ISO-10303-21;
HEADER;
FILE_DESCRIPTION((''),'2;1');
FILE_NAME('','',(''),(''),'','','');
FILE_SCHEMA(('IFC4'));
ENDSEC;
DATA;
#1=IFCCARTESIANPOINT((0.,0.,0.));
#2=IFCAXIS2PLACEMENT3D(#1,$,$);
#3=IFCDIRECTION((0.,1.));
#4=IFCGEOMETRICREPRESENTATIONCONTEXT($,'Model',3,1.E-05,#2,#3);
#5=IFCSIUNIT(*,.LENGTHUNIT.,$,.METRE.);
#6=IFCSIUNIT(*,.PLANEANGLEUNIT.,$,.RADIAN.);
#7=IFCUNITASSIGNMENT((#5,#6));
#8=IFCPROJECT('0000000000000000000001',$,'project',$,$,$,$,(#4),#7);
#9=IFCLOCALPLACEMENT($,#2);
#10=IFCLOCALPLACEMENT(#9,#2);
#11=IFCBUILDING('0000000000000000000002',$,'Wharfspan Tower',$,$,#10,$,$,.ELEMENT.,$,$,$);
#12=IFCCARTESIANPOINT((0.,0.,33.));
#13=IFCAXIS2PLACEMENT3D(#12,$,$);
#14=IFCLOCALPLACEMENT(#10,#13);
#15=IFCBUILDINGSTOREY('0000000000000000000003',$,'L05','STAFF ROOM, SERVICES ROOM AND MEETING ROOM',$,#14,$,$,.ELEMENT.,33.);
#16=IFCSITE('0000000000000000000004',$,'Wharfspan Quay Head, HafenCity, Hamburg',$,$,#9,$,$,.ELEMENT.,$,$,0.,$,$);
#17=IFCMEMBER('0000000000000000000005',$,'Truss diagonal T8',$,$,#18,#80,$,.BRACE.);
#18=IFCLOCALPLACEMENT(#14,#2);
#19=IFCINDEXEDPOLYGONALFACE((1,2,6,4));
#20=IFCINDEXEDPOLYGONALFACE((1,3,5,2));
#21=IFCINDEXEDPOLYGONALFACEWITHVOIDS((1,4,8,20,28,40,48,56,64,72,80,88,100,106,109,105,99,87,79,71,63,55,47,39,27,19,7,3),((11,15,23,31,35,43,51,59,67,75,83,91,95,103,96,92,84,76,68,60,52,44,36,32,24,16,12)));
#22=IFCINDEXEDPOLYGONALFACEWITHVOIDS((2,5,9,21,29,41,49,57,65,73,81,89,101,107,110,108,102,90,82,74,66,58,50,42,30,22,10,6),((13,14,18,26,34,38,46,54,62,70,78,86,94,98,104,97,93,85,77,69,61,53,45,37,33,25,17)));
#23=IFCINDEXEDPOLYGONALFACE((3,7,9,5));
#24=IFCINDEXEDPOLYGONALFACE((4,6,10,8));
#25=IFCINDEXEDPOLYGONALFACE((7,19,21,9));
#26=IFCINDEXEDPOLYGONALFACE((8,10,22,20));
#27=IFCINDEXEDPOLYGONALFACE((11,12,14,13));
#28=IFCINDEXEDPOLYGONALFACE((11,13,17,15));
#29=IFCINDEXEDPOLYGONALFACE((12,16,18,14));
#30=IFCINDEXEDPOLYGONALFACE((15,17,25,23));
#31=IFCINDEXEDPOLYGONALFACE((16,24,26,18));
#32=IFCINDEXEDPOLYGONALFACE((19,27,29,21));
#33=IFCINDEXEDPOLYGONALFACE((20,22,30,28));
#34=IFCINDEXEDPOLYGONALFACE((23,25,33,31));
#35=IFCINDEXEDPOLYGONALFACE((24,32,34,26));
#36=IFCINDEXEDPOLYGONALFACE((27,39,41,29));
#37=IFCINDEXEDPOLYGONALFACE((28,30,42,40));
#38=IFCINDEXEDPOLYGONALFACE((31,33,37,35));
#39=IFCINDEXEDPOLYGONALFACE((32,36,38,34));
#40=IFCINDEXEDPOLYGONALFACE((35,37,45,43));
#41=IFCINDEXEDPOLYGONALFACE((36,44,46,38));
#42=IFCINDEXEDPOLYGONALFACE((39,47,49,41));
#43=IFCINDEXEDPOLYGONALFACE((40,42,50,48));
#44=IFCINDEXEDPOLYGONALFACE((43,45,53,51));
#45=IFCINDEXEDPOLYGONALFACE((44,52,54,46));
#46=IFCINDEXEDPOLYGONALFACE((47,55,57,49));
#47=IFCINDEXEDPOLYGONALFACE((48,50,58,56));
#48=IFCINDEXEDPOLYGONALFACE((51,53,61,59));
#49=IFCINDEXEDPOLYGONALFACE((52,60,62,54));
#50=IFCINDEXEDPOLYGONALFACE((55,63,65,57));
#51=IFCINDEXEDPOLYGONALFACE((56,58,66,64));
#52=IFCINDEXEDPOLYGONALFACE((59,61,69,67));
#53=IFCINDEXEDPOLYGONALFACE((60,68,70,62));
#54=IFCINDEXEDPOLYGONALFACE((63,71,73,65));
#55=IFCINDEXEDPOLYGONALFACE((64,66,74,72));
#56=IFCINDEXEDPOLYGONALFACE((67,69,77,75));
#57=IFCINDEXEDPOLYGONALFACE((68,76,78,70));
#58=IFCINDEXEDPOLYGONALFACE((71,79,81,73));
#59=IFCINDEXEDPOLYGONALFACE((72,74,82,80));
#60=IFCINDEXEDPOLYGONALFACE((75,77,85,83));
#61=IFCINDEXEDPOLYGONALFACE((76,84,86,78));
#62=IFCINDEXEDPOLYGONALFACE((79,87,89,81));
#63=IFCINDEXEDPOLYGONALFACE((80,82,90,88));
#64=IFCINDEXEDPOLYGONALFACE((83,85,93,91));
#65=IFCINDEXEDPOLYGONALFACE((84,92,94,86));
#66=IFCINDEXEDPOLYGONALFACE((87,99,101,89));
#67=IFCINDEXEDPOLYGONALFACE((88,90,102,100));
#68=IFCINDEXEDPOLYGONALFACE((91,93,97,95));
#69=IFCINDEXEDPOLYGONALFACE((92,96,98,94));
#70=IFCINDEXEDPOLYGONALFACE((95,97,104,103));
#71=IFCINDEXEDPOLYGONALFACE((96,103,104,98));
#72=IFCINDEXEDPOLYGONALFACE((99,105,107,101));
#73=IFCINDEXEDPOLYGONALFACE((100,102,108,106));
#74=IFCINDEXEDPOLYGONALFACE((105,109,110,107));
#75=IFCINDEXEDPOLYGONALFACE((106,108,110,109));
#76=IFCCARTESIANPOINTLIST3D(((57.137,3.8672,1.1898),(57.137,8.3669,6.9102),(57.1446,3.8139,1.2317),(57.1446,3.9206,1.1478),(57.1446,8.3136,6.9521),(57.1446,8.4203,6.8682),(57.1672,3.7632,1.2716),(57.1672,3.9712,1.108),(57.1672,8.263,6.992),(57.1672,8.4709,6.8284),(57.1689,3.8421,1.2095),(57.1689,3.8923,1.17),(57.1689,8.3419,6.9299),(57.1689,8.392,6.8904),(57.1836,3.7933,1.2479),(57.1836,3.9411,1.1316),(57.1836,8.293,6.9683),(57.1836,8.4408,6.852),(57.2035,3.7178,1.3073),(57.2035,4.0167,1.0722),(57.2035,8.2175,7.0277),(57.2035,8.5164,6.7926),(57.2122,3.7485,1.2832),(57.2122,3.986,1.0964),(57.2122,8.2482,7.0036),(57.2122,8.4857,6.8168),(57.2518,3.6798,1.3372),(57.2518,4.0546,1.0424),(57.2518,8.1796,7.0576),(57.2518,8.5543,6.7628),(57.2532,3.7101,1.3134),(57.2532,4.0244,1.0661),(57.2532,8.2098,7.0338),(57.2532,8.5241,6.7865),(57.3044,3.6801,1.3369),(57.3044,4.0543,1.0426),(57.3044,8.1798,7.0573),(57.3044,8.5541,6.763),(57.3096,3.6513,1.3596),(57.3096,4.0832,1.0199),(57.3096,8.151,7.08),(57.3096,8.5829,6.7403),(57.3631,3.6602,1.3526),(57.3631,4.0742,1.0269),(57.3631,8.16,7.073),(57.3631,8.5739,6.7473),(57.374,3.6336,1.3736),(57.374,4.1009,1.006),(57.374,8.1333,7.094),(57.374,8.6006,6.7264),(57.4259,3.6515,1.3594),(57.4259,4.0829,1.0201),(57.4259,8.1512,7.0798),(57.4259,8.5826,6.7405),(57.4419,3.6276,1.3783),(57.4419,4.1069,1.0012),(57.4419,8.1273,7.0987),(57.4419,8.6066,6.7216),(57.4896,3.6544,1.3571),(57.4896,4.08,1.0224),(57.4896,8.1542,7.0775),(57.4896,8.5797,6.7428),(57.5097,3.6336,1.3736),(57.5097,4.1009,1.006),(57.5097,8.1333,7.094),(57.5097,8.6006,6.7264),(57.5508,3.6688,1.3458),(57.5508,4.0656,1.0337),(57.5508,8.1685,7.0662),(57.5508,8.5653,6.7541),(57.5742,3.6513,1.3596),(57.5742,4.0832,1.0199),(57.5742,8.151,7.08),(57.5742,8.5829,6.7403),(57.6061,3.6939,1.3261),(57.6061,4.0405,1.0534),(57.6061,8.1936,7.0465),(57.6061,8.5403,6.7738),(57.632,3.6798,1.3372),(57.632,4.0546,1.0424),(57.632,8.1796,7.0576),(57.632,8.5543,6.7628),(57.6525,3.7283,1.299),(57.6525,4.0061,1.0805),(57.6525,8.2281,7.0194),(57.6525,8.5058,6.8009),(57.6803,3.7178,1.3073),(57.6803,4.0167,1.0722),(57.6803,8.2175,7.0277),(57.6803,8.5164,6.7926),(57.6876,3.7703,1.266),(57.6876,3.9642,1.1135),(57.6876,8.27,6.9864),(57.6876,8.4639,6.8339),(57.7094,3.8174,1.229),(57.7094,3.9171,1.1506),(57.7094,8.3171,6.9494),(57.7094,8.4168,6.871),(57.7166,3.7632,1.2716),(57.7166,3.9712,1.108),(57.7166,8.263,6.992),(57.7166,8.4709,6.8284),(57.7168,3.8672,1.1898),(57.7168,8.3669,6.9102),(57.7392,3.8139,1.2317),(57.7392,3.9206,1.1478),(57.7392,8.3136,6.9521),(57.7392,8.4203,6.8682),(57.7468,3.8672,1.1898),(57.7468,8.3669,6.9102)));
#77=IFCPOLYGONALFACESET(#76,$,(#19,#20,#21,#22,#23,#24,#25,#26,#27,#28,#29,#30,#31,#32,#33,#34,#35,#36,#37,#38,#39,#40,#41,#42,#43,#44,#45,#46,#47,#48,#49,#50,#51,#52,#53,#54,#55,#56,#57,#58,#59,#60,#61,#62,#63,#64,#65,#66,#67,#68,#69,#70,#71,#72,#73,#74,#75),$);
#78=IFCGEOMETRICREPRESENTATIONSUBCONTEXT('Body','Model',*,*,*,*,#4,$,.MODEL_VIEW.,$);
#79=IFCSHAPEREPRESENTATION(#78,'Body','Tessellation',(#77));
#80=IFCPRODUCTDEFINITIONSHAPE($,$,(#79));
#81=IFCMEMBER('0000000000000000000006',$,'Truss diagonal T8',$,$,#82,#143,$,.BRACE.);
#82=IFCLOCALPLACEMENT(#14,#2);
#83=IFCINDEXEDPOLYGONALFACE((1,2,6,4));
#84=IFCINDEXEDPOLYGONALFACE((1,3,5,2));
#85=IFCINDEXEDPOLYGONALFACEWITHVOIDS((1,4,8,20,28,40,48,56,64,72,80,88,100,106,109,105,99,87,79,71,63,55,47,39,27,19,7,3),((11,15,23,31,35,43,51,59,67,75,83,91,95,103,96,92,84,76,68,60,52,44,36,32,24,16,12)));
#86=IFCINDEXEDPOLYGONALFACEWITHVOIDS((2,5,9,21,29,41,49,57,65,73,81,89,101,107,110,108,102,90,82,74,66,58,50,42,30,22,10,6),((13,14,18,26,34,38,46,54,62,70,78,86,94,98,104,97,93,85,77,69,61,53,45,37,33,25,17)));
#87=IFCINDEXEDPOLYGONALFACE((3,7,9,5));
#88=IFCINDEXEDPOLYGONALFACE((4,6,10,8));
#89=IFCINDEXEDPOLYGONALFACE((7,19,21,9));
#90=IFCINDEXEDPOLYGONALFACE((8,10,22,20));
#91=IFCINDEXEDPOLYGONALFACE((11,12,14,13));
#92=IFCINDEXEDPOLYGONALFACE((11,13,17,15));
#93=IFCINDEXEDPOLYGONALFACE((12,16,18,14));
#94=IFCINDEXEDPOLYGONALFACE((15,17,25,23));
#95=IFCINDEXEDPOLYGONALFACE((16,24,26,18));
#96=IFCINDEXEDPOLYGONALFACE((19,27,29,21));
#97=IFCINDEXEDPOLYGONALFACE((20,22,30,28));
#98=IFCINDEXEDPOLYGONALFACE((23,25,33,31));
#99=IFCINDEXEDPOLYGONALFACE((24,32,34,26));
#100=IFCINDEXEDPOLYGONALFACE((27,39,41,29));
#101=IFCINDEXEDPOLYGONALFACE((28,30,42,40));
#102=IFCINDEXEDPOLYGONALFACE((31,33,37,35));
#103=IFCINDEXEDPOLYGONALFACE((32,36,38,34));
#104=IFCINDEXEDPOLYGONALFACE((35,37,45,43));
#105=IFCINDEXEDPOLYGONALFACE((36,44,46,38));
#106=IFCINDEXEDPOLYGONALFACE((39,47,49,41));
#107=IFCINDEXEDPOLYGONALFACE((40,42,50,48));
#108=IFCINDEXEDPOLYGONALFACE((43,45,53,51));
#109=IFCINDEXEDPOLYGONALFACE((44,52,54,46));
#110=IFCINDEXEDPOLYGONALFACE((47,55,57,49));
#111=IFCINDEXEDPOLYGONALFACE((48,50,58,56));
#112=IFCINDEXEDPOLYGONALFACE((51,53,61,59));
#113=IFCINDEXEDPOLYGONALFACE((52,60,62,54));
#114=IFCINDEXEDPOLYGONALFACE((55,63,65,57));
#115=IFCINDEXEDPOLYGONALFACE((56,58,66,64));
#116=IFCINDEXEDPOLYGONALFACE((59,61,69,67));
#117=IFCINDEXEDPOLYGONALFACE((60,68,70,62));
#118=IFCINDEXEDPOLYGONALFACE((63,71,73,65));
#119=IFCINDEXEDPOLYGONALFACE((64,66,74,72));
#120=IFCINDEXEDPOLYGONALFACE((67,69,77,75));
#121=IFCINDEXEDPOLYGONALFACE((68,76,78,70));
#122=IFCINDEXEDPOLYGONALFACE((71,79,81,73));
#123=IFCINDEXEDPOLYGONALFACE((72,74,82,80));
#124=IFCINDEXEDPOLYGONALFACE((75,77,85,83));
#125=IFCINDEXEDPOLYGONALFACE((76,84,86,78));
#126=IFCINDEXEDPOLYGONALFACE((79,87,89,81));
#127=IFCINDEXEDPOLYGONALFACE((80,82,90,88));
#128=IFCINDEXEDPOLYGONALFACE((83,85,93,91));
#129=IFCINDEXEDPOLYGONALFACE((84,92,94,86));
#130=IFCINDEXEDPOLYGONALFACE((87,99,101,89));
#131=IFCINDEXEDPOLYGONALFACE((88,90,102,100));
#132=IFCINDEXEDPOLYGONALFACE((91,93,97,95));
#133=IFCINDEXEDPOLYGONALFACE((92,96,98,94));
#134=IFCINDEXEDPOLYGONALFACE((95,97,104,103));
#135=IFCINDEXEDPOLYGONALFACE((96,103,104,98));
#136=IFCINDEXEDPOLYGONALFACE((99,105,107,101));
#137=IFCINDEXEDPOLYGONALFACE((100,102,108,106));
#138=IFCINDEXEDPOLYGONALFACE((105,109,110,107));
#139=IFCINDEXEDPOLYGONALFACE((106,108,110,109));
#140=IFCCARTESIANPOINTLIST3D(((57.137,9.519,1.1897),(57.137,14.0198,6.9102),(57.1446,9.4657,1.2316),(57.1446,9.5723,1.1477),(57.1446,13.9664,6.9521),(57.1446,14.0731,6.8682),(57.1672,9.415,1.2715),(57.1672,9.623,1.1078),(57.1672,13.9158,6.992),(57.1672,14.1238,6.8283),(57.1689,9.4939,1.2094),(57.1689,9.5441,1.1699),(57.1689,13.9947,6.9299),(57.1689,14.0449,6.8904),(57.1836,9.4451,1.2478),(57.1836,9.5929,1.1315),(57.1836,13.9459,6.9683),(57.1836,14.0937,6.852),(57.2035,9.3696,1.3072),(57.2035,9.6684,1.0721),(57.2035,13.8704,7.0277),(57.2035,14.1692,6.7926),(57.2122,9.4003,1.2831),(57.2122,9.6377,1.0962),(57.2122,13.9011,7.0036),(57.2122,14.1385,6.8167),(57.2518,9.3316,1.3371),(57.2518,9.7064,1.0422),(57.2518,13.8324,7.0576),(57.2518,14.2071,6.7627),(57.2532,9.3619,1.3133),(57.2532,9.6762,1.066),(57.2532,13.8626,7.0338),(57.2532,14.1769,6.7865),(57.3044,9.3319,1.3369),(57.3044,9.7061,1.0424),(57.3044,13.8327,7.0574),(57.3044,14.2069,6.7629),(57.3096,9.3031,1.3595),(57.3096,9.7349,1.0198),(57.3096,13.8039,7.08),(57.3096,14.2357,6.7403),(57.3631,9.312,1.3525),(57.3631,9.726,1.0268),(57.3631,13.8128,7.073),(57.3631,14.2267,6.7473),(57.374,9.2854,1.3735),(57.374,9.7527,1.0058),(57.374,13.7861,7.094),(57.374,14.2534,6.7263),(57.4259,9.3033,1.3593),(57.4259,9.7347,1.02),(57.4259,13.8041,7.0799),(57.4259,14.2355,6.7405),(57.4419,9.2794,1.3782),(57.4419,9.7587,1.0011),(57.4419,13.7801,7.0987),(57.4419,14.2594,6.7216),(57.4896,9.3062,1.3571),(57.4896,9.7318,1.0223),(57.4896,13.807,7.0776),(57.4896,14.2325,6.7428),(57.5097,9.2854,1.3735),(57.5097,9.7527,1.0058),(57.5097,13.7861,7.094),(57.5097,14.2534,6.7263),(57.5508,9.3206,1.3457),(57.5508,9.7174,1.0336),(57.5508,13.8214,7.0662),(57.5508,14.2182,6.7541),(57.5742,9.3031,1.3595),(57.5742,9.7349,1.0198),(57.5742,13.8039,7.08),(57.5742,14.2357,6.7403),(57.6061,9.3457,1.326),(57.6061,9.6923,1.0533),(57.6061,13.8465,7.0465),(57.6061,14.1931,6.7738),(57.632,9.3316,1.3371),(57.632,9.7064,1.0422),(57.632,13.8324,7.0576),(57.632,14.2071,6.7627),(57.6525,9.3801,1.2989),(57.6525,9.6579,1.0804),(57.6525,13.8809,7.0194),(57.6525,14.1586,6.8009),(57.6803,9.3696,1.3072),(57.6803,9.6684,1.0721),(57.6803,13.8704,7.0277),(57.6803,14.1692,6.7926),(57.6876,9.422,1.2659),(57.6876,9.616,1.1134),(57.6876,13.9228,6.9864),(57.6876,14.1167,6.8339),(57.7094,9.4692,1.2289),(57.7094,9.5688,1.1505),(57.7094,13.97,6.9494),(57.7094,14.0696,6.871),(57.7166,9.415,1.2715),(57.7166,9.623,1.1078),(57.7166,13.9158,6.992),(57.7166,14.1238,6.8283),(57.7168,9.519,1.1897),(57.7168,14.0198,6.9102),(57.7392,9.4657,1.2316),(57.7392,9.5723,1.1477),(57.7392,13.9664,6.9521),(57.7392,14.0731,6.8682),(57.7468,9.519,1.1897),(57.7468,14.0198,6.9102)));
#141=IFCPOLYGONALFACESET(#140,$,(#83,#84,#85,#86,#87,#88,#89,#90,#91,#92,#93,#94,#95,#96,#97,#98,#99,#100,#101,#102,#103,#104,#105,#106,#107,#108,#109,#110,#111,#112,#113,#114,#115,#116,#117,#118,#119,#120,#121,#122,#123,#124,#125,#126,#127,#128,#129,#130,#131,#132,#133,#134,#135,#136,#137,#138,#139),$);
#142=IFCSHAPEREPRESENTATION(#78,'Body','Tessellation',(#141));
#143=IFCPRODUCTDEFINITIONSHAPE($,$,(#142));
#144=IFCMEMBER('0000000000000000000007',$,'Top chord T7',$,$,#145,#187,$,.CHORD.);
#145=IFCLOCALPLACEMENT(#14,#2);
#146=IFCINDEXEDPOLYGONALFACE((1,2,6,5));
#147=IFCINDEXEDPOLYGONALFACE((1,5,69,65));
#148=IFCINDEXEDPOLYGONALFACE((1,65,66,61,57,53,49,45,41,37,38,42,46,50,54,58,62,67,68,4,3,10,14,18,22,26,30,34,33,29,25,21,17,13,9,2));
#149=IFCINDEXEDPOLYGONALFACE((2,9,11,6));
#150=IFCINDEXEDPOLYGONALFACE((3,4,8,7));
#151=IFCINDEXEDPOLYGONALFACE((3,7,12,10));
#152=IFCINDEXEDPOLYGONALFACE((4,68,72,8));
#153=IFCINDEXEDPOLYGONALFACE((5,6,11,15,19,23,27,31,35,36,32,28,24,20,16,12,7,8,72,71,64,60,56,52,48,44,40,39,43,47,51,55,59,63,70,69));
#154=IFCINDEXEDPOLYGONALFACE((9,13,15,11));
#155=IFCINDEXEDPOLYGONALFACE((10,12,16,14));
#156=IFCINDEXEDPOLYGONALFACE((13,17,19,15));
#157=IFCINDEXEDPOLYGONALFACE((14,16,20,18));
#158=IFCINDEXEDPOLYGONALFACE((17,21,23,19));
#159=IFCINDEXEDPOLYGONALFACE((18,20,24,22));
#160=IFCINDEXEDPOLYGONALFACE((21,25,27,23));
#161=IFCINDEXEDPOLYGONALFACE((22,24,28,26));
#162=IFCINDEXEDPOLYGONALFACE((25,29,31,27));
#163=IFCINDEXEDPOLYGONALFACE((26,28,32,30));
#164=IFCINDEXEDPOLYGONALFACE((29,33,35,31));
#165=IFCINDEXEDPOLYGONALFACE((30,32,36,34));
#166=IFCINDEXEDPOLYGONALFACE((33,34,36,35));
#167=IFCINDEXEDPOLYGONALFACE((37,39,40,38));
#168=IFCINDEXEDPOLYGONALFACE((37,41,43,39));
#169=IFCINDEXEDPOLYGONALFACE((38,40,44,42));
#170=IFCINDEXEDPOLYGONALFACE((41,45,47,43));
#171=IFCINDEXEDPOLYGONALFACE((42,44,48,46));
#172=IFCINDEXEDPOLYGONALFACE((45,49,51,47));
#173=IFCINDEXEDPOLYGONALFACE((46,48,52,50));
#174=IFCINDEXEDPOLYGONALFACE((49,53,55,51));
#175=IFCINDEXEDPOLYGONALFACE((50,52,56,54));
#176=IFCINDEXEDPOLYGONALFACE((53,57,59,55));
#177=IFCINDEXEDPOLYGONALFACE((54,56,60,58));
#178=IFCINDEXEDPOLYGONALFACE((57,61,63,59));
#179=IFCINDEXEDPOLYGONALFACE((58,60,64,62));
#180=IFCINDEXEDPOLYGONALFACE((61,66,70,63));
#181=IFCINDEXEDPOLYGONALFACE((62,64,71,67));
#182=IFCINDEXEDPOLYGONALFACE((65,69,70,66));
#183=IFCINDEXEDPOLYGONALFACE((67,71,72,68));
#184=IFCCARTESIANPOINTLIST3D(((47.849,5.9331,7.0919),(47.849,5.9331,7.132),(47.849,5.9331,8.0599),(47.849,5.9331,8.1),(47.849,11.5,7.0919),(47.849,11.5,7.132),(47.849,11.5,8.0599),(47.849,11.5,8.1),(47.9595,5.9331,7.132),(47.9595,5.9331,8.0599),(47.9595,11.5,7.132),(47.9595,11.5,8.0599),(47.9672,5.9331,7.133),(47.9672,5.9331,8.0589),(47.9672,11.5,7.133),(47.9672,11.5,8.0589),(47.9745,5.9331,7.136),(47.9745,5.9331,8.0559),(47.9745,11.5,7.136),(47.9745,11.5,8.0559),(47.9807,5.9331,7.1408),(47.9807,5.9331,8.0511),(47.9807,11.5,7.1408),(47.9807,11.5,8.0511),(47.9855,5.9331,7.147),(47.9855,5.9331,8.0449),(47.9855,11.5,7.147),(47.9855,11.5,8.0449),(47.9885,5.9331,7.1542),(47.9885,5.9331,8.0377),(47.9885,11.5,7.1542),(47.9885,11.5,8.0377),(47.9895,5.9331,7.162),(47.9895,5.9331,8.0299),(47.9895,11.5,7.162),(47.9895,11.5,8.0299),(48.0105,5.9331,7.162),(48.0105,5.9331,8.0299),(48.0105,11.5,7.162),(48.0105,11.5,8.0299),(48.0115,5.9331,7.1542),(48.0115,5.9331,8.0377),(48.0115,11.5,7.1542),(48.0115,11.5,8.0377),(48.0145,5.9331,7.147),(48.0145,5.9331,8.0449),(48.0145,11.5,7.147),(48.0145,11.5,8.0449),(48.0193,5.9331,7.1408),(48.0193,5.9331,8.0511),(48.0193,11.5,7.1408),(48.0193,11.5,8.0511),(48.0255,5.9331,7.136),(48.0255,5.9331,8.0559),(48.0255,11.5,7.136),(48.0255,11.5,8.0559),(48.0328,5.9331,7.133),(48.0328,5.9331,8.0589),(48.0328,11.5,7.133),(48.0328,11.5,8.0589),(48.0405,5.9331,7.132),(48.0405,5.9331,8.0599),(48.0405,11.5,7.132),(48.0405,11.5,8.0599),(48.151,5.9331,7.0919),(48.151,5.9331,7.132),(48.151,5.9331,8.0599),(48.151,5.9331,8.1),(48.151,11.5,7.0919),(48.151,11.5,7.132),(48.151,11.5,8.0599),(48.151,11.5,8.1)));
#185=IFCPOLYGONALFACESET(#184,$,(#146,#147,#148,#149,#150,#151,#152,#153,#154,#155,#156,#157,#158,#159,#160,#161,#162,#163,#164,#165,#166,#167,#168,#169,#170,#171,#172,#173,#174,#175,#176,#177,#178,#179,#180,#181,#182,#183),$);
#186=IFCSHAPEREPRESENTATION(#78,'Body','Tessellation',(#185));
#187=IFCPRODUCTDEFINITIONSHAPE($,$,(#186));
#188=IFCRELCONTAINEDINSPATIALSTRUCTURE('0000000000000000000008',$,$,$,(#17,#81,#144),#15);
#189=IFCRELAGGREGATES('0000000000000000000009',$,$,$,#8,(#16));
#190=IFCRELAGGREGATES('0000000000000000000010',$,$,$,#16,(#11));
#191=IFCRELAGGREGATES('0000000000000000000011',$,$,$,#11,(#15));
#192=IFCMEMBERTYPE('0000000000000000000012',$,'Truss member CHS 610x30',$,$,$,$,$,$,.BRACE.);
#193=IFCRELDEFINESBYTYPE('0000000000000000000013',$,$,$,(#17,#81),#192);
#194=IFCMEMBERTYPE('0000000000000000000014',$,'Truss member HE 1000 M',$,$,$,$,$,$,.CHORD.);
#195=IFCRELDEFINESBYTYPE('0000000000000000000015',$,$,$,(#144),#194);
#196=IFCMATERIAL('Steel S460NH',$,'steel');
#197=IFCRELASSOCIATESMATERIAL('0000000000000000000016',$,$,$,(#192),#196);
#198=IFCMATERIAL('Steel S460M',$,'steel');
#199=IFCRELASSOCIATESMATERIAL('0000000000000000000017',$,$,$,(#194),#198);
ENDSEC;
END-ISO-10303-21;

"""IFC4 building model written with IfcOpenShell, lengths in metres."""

from ifc_helpers import new_model, si_unit, direction, frame, origin, origin_2d, place, context, subcontext, project, spatial, hollow_circle, i_section, extrude, material, material_profile, profile_set, type_object, element, save


model = new_model("IFC4")

# Units and contexts
model_context = context("Model", 3, precision=1e-05, world=origin(), true_north=direction((0.0, 1.0)))
body_context = subcontext(model_context, "Body", "Model", "MODEL_VIEW")
ifc_project = project(units=[si_unit("LENGTHUNIT", "METRE"), si_unit("PLANEANGLEUNIT", "RADIAN")], contexts=[model_context])

# Site, building, storey
site_placement = place(None, origin())
site = spatial("IfcSite", under=ifc_project, at=site_placement, Name="Wharfspan Quay Head, HafenCity, Hamburg", CompositionType="ELEMENT", RefElevation=0.0)
building_placement = place(site_placement, origin())
building = spatial("IfcBuilding", under=site, at=building_placement, Name="Wharfspan Tower", CompositionType="ELEMENT")
storey_placement = place(building_placement, frame((0.0, 0.0, 33.0)))
storey = spatial("IfcBuildingStorey", under=building, at=storey_placement, Name="L05", Description="STAFF ROOM, SERVICES ROOM AND MEETING ROOM", CompositionType="ELEMENT", Elevation=33.0)

# Members
ifc_material_1 = material(Name="Steel S460NH", Category="steel")
ifc_material_profile_1 = material_profile(ifc_material_1, hollow_circle(Radius=0.3049, WallThickness=0.03, at=origin_2d()))
ifc_profile_set_1 = profile_set([ifc_material_profile_1], Name="Steel S460NH")
member_type_1 = type_object("IfcMemberType", Name="Truss member CHS 610x30", PredefinedType="BRACE", material=ifc_profile_set_1)
member_1_placement = place(storey_placement, frame((57.4419, 8.3669, 6.9102), z_axis=(0.0, -0.618256, -0.785977), x_axis=(1.0, 0.0, 0.0)))
element("IfcMember", 1, at=member_1_placement, inside=storey, type_object=member_type_1, Name="Truss diagonal T8", PredefinedType="BRACE", context=body_context, shape_type="SweptSolid", body=[
    extrude(hollow_circle(Radius=0.3049, WallThickness=0.03, at=origin_2d()), origin(), (0.0, 0.0, 1.0), 7.2781),
])
member_2_placement = place(storey_placement, frame((57.4419, 14.0198, 6.9102), z_axis=(0.0, -0.618338, -0.785912), x_axis=(1.0, 0.0, 0.0)))
element("IfcMember", 2, at=member_2_placement, inside=storey, type_object=member_type_1, Name="Truss diagonal T8", PredefinedType="BRACE", context=body_context, shape_type="SweptSolid", body=[
    extrude(hollow_circle(Radius=0.3049, WallThickness=0.03, at=origin_2d()), origin(), (0.0, 0.0, 1.0), 7.2788),
])
ifc_material_2 = material(Name="Steel S460M", Category="steel")
ifc_material_profile_2 = material_profile(ifc_material_2, i_section(OverallWidth=0.302, OverallDepth=1.0081, WebThickness=0.021, FlangeThickness=0.04, FilletRadius=0.03, at=origin_2d()))
ifc_profile_set_2 = profile_set([ifc_material_profile_2], Name="Steel S460M")
member_type_2 = type_object("IfcMemberType", Name="Truss member HE 1000 M", PredefinedType="CHORD", material=ifc_profile_set_2)
for number, where, z_axis, x_axis, name in (
    (3, (48.0, 5.9331, 7.5959), (0.0, 1.0, 0.0), (-1.0, 0.0, 0.0), "Top chord T7"),
):
    element("IfcMember", number, at=place(storey_placement, frame(where, z_axis=z_axis, x_axis=x_axis)), inside=storey, type_object=member_type_2, Name=name, PredefinedType="CHORD", context=body_context, shape_type="SweptSolid", body=[
        extrude(i_section(OverallWidth=0.302, OverallDepth=1.0081, WebThickness=0.021, FlangeThickness=0.04, FilletRadius=0.03, at=origin_2d()), origin(), (0.0, 0.0, 1.0), 5.5669),
    ])

save(model, "model.ifc")
